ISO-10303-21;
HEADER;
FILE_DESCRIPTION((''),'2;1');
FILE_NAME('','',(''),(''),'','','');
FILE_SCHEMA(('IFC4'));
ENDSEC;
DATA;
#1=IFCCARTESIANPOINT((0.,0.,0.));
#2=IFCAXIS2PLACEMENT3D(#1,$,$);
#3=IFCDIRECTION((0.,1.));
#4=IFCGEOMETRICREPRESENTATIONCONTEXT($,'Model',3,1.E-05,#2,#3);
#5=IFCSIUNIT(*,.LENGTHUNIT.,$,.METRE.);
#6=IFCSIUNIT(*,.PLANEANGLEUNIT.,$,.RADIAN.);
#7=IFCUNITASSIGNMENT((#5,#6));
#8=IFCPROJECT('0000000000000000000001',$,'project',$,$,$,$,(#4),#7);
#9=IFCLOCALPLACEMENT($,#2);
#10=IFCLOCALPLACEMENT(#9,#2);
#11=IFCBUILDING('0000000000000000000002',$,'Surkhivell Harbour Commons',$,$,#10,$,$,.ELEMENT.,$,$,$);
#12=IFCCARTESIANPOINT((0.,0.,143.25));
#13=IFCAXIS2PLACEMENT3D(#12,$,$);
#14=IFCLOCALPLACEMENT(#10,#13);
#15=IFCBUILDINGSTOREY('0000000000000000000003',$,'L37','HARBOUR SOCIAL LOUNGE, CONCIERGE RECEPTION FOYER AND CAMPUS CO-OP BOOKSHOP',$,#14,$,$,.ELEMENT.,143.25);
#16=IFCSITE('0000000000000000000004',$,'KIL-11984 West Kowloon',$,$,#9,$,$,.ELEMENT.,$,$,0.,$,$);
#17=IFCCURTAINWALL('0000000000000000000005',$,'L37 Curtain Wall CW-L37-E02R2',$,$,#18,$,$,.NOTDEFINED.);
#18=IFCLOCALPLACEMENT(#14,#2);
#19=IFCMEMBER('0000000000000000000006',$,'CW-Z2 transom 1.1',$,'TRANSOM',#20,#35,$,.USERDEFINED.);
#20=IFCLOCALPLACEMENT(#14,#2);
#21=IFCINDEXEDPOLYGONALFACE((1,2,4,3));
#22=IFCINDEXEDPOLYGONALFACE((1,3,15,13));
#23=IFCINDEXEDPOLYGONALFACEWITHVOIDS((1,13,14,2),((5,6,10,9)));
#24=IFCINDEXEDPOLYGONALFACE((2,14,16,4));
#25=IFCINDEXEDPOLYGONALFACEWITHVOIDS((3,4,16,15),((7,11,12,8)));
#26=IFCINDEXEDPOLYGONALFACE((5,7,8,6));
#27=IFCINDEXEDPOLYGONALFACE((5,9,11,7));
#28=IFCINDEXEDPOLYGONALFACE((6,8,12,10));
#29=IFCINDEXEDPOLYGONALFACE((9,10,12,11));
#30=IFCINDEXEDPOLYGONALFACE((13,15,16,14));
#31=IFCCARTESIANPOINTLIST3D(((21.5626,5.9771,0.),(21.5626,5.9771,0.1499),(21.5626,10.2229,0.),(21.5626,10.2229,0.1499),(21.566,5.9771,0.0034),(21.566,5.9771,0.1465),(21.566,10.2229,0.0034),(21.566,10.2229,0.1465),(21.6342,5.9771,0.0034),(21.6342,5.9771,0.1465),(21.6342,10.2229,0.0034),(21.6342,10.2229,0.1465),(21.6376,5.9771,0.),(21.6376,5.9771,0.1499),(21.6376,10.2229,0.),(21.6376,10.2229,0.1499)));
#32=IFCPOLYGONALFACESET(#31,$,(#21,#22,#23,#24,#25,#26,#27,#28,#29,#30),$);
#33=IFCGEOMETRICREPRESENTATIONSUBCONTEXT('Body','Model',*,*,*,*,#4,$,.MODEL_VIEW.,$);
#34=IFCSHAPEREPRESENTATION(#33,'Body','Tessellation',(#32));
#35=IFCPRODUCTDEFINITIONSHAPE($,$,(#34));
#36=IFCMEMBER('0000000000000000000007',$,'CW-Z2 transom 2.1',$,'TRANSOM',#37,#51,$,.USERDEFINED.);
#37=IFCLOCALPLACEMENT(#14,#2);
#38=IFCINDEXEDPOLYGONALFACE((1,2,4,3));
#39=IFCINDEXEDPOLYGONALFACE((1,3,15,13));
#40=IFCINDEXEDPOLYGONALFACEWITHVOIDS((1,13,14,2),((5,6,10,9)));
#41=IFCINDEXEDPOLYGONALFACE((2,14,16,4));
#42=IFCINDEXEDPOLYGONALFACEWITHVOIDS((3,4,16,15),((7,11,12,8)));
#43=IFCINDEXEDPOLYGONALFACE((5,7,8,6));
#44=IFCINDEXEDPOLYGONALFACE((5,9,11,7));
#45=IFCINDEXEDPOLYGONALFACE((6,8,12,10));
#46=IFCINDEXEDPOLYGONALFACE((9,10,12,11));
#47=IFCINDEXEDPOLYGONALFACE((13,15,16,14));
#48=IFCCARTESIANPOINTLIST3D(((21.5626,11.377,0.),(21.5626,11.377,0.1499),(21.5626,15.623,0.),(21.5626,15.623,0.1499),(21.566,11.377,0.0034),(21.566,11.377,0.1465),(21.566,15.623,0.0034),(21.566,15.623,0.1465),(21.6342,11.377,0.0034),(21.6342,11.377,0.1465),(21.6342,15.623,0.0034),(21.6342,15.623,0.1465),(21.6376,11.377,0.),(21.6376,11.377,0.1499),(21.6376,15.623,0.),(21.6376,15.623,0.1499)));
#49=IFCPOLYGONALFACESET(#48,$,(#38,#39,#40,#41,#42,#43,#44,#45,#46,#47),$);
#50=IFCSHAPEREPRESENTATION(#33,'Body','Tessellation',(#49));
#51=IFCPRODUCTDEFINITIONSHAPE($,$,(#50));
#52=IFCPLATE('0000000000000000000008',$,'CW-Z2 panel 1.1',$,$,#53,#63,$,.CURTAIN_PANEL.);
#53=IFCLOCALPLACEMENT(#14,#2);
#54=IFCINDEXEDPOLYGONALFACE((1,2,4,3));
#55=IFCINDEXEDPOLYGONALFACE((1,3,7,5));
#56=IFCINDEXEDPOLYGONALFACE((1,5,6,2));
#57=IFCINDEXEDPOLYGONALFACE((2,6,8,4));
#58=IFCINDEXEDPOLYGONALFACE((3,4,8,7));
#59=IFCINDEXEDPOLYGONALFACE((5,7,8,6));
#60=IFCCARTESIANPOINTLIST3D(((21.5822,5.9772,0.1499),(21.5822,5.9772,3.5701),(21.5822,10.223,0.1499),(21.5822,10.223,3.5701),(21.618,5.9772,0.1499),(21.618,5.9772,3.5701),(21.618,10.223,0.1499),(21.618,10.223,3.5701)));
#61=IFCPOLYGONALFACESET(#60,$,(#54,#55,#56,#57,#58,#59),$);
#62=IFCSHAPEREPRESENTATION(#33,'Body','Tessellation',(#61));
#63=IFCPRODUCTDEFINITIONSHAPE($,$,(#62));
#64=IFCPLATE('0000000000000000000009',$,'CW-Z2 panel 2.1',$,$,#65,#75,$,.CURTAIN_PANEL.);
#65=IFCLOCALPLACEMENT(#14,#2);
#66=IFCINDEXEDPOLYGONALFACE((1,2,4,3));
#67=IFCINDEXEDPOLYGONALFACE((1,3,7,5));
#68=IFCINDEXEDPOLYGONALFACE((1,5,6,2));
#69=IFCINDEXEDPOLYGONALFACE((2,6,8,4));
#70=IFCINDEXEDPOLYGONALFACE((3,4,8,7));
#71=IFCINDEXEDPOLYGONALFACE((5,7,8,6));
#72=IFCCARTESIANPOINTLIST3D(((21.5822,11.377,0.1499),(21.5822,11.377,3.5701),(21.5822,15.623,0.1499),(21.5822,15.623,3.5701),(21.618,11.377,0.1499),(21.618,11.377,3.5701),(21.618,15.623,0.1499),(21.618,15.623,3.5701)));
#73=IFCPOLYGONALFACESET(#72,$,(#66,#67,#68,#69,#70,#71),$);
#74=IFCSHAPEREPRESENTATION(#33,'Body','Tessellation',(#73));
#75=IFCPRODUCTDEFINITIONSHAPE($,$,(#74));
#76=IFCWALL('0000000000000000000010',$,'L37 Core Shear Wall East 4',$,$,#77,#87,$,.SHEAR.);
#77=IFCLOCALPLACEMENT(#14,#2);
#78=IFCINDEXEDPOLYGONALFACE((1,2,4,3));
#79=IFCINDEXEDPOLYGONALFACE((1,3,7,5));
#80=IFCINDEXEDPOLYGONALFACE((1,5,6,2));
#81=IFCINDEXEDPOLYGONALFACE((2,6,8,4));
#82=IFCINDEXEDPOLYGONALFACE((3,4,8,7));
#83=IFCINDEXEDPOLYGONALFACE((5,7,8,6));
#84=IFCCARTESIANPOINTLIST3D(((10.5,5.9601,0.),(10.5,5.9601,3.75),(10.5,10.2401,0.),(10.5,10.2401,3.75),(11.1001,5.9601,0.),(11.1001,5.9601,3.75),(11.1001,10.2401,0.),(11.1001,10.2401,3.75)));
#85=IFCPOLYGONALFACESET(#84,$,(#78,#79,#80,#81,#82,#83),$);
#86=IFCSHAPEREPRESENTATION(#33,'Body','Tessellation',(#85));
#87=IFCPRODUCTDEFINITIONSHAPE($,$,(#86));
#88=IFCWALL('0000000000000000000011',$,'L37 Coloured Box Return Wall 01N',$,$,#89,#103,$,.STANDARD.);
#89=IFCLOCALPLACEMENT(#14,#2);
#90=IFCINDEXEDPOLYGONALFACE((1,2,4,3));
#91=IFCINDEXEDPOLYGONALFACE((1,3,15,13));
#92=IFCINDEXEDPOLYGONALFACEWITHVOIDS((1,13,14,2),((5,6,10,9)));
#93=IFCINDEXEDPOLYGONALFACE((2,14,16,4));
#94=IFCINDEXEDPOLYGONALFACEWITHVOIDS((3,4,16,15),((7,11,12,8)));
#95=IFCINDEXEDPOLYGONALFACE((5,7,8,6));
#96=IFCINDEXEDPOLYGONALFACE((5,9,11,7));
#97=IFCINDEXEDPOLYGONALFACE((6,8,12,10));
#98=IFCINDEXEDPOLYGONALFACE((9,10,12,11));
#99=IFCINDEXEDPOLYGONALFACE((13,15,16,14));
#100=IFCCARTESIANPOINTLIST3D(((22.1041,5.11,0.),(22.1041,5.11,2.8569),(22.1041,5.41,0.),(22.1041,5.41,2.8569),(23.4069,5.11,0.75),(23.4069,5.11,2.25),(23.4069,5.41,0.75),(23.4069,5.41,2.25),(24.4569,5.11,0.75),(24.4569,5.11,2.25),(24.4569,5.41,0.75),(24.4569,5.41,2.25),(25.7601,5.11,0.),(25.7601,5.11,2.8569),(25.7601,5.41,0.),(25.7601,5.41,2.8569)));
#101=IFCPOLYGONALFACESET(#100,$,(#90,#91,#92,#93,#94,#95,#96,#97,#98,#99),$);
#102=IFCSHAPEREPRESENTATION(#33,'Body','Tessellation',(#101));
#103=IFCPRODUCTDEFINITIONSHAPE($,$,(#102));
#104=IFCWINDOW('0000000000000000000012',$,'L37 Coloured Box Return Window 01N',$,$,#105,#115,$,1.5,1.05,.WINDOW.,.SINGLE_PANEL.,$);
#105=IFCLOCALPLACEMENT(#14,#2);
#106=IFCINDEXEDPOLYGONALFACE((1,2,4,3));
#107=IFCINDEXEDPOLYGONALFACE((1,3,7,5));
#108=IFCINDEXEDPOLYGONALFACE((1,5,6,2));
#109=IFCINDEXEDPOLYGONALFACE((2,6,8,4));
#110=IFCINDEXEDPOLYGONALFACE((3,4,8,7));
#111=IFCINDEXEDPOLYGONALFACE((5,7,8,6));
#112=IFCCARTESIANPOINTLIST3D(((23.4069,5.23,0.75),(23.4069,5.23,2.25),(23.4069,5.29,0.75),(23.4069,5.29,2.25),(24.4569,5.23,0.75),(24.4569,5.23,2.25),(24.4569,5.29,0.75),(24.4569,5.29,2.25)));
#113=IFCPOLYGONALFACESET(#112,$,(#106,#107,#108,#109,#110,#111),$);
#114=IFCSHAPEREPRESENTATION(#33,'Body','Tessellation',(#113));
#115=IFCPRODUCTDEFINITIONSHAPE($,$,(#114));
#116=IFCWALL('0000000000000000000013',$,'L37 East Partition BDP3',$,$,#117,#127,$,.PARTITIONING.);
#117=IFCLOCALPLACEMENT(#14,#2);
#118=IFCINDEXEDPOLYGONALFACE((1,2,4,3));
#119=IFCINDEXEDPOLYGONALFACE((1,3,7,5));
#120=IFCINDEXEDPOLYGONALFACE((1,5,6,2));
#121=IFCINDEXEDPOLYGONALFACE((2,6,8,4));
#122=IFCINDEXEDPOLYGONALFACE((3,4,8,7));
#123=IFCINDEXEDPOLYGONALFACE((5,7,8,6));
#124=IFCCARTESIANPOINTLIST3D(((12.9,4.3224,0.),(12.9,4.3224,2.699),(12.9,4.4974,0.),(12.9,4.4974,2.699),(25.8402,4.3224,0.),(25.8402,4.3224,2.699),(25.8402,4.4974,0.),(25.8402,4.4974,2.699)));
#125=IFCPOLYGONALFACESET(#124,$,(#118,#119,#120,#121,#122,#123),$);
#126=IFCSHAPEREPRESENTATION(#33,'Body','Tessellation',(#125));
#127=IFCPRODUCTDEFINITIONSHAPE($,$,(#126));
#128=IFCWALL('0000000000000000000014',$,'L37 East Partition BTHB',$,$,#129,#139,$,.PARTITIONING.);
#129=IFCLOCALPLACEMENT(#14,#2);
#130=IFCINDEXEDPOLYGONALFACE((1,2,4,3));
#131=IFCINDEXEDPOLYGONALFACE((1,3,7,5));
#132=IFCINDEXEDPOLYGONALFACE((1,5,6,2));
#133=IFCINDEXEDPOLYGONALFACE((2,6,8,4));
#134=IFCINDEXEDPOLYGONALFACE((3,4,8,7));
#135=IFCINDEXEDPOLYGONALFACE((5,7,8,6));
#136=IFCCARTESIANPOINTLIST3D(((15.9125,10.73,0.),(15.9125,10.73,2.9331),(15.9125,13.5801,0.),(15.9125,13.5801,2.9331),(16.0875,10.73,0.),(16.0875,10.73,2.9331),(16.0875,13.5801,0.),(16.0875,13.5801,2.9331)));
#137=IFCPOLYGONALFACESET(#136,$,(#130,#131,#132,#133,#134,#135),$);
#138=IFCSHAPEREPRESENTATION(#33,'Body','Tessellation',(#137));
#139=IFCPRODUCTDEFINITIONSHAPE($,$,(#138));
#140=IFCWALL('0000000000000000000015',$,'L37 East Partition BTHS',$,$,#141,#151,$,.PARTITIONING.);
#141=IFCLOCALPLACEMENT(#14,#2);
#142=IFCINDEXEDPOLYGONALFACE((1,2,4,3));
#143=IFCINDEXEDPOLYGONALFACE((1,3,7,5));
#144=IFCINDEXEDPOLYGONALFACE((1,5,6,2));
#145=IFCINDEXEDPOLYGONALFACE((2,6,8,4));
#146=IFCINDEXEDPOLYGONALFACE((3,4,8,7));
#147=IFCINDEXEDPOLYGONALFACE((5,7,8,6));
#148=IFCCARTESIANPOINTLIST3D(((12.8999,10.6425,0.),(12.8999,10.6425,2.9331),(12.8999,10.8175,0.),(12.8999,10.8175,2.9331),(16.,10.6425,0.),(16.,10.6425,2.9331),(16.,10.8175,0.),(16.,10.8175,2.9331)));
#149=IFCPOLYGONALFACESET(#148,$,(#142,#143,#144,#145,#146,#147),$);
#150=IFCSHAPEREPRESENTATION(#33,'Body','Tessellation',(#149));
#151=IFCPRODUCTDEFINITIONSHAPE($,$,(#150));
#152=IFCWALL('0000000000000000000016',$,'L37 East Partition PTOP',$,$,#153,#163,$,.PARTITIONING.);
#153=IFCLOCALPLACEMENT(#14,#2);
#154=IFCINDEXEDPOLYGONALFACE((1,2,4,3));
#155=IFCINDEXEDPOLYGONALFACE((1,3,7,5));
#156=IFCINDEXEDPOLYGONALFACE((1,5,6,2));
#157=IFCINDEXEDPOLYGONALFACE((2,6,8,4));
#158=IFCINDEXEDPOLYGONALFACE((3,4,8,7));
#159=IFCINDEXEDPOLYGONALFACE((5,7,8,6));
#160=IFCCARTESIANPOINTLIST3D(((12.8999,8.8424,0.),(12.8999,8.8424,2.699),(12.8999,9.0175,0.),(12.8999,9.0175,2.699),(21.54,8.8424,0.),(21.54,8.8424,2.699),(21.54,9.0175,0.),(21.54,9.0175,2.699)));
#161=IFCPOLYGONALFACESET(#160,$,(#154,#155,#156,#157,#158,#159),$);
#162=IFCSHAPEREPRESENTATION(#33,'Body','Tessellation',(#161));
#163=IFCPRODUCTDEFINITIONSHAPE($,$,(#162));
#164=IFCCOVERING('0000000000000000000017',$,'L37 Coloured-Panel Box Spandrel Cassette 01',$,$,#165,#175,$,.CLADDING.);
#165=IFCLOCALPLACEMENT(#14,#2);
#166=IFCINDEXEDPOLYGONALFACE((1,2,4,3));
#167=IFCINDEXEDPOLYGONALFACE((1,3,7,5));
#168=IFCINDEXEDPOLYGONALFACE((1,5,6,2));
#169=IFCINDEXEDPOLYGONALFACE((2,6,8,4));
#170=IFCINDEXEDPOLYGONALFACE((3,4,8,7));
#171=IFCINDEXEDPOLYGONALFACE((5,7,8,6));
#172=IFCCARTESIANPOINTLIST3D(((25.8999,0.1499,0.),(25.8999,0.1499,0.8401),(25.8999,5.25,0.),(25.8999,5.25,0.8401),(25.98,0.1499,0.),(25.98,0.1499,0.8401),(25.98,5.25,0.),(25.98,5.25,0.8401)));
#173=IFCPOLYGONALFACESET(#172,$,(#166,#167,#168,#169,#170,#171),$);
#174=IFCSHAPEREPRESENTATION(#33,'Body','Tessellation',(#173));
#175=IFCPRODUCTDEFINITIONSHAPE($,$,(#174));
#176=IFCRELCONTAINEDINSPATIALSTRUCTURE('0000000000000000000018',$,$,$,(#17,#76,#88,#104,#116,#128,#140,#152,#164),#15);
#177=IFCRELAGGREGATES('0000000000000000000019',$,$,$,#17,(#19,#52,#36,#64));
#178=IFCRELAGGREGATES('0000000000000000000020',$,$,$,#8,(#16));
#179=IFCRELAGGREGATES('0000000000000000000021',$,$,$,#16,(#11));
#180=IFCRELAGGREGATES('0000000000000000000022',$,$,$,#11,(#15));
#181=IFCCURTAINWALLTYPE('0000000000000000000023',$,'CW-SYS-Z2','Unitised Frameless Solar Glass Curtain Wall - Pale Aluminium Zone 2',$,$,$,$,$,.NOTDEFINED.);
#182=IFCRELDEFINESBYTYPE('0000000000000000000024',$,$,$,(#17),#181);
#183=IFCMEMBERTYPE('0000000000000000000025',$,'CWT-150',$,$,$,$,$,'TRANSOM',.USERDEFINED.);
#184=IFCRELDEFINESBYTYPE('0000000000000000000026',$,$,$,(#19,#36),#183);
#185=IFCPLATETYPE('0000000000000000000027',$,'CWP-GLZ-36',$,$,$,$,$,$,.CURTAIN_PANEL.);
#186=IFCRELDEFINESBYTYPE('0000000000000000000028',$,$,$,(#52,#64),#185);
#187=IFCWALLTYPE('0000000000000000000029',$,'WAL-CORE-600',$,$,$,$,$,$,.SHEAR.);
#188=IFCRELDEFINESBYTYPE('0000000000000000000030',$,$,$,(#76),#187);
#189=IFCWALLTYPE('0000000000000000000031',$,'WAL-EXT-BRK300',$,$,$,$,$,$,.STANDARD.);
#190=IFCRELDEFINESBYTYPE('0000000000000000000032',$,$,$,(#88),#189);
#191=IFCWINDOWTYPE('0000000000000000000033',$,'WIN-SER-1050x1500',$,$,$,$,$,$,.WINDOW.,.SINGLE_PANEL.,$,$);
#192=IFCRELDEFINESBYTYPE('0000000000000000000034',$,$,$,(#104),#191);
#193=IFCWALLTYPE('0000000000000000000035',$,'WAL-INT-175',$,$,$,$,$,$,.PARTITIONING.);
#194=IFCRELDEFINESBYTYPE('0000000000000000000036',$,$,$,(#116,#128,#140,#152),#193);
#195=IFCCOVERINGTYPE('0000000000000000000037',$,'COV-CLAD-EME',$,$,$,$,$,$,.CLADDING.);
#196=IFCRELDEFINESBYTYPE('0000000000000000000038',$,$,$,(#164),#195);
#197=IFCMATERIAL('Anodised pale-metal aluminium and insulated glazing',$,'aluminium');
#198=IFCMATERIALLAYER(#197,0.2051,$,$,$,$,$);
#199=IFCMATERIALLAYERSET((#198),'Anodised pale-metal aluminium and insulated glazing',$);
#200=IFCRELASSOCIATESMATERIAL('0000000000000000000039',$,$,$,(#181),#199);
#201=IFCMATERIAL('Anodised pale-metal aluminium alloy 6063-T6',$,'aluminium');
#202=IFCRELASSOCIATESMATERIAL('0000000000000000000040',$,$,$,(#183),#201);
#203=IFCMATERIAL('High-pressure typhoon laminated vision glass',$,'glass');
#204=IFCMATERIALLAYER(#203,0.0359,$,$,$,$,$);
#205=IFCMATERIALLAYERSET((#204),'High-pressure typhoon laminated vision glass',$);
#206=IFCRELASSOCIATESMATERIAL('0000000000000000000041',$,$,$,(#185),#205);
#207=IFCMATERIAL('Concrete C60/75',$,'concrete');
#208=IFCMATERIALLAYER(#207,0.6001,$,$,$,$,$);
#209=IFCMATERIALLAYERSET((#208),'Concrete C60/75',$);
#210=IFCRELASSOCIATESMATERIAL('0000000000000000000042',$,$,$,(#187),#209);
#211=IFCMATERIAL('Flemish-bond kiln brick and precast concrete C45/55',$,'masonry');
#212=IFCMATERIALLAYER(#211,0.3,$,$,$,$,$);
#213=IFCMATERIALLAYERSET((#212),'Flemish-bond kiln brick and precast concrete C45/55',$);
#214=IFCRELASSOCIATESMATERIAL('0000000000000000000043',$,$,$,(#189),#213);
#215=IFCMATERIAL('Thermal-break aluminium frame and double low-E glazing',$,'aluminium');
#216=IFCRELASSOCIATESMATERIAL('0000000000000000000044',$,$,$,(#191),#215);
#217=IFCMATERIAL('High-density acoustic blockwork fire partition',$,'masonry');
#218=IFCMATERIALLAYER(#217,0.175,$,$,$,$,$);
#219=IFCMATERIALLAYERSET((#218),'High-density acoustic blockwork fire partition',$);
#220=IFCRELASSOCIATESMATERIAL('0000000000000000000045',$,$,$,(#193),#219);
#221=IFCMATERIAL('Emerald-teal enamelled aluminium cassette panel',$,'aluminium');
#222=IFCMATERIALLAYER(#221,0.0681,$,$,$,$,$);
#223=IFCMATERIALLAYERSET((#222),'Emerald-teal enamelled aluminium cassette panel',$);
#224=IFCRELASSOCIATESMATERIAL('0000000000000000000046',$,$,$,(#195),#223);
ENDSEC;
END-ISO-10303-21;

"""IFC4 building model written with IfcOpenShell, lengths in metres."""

from ifc_helpers import new_model, si_unit, direction, frame, frame_2d, origin, origin_2d, place, context, subcontext, project, spatial, rectangle, hollow_rectangle, extrude, material, layer, layer_set, material_profile, profile_set, type_object, element, fill, aggregate, save


model = new_model("IFC4")

# Units and contexts
model_context = context("Model", 3, precision=1e-05, world=origin(), true_north=direction((0.0, 1.0)))
body_context = subcontext(model_context, "Body", "Model", "MODEL_VIEW")
ifc_project = project(units=[si_unit("LENGTHUNIT", "METRE"), si_unit("PLANEANGLEUNIT", "RADIAN")], contexts=[model_context])

# Site, building, storey
site_placement = place(None, origin())
site = spatial("IfcSite", under=ifc_project, at=site_placement, Name="KIL-11984 West Kowloon", CompositionType="ELEMENT", RefElevation=0.0)
building_placement = place(site_placement, origin())
building = spatial("IfcBuilding", under=site, at=building_placement, Name="Surkhivell Harbour Commons", CompositionType="ELEMENT")
storey_placement = place(building_placement, frame((0.0, 0.0, 143.25)))
storey = spatial("IfcBuildingStorey", under=building, at=storey_placement, Name="L37", Description="HARBOUR SOCIAL LOUNGE, CONCIERGE RECEPTION FOYER AND CAMPUS CO-OP BOOKSHOP", CompositionType="ELEMENT", Elevation=143.25)

# Shared definitions
ifc_material_1 = material(Name="Concrete C60/75", Category="concrete")

# Curtain wall, members, plates
ifc_material_2 = material(Name="Anodised pale-metal aluminium and insulated glazing", Category="aluminium")
ifc_layer_1 = layer(ifc_material_2, 0.2051)
ifc_layer_set_1 = layer_set([ifc_layer_1], Name="Anodised pale-metal aluminium and insulated glazing")
curtain_wall_type = type_object("IfcCurtainWallType", Name="CW-SYS-Z2", Description="Unitised Frameless Solar Glass Curtain Wall - Pale Aluminium Zone 2", PredefinedType="NOTDEFINED", material=ifc_layer_set_1)
curtain_wall_placement = place(storey_placement, origin())
curtain_wall = element("IfcCurtainWall", 1, at=curtain_wall_placement, inside=storey, type_object=curtain_wall_type, Name="L37 Curtain Wall CW-L37-E02R2", PredefinedType="NOTDEFINED")
ifc_material_3 = material(Name="Anodised pale-metal aluminium alloy 6063-T6", Category="aluminium")
ifc_material_profile_1 = material_profile(ifc_material_3, hollow_rectangle(XDim=0.075, YDim=0.1499, WallThickness=0.0034, at=origin_2d()), Name="ALU-TRAN-75x150")
ifc_profile_set_1 = profile_set([ifc_material_profile_1], Name="Anodised pale-metal aluminium alloy 6063-T6")
member_type_1 = type_object("IfcMemberType", Name="CWT-150", ElementType="TRANSOM", PredefinedType="USERDEFINED", material=ifc_profile_set_1)
member_1_placement = place(storey_placement, frame((21.6001, 5.9771, 0.075), z_axis=(0.0, 1.0, 0.0), x_axis=(-1.0, 0.0, 0.0)))
member_1 = element("IfcMember", 2, at=member_1_placement, type_object=member_type_1, Name="CW-Z2 transom 1.1", ObjectType="TRANSOM", PredefinedType="USERDEFINED", context=body_context, shape_type="SweptSolid", body=[
    extrude(hollow_rectangle(XDim=0.075, YDim=0.1499, WallThickness=0.0034, at=origin_2d()), origin(), (0.0, 0.0, 1.0), 4.2458),
])
member_2_placement = place(storey_placement, frame((21.6001, 11.377, 0.075), z_axis=(0.0, 1.0, 0.0), x_axis=(-1.0, 0.0, 0.0)))
member_2 = element("IfcMember", 3, at=member_2_placement, type_object=member_type_1, Name="CW-Z2 transom 2.1", ObjectType="TRANSOM", PredefinedType="USERDEFINED", context=body_context, shape_type="SweptSolid", body=[
    extrude(hollow_rectangle(XDim=0.075, YDim=0.1499, WallThickness=0.0034, at=origin_2d()), origin(), (0.0, 0.0, 1.0), 4.2461),
])
ifc_material_4 = material(Name="High-pressure typhoon laminated vision glass", Category="glass")
ifc_layer_2 = layer(ifc_material_4, 0.0359)
ifc_layer_set_2 = layer_set([ifc_layer_2], Name="High-pressure typhoon laminated vision glass")
plate_type = type_object("IfcPlateType", Name="CWP-GLZ-36", PredefinedType="CURTAIN_PANEL", material=ifc_layer_set_2)
plate_1_placement = place(storey_placement, frame((21.6001, 5.9771, 0.1499), z_axis=(0.0, 0.0, 1.0), x_axis=(0.0, 1.0, 0.0)))
plate_1 = element("IfcPlate", 4, at=plate_1_placement, type_object=plate_type, Name="CW-Z2 panel 1.1", PredefinedType="CURTAIN_PANEL", context=body_context, shape_type="SweptSolid", body=[
    extrude(rectangle(XDim=4.2458, YDim=0.0359, at=frame_2d((2.123, 0.0))), origin(), (0.0, 0.0, 1.0), 3.4202),
])
plate_2_placement = place(storey_placement, frame((21.6001, 11.377, 0.1499), z_axis=(0.0, 0.0, 1.0), x_axis=(0.0, 1.0, 0.0)))
plate_2 = element("IfcPlate", 5, at=plate_2_placement, type_object=plate_type, Name="CW-Z2 panel 2.1", PredefinedType="CURTAIN_PANEL", context=body_context, shape_type="SweptSolid", body=[
    extrude(rectangle(XDim=4.2461, YDim=0.0359, at=frame_2d((2.123, 0.0))), origin(), (0.0, 0.0, 1.0), 3.4202),
])
aggregate(curtain_wall, [member_1, plate_1, member_2, plate_2])

# Wall
ifc_layer_3 = layer(ifc_material_1, 0.6001)
ifc_layer_set_3 = layer_set([ifc_layer_3], Name="Concrete C60/75")
wall_type_1 = type_object("IfcWallType", Name="WAL-CORE-600", PredefinedType="SHEAR", material=ifc_layer_set_3)
wall_1_placement = place(storey_placement, frame((10.8, 5.96, 0.0), z_axis=(0.0, 0.0, 1.0), x_axis=(0.0, 1.0, 0.0)))
element("IfcWall", 6, at=wall_1_placement, inside=storey, type_object=wall_type_1, Name="L37 Core Shear Wall East 4", PredefinedType="SHEAR", context=body_context, shape_type="SweptSolid", body=[
    extrude(rectangle(XDim=4.28, YDim=0.6001, at=frame_2d((2.1401, 0.0))), origin(), (0.0, 0.0, 1.0), 3.75),
])

# Wall, opening, window
ifc_material_5 = material(Name="Flemish-bond kiln brick and precast concrete C45/55", Category="masonry")
ifc_layer_4 = layer(ifc_material_5, 0.3)
ifc_layer_set_4 = layer_set([ifc_layer_4], Name="Flemish-bond kiln brick and precast concrete C45/55")
wall_type_2 = type_object("IfcWallType", Name="WAL-EXT-BRK300", PredefinedType="STANDARD", material=ifc_layer_set_4)
wall_2_placement = place(storey_placement, frame((22.104, 5.26, 0.0), z_axis=(0.0, 0.0, 1.0), x_axis=(1.0, 0.0, 0.0)))
wall_2 = element("IfcWall", 7, at=wall_2_placement, inside=storey, type_object=wall_type_2, Name="L37 Coloured Box Return Wall 01N", PredefinedType="STANDARD", context=body_context, shape_type="SweptSolid", body=[
    extrude(rectangle(XDim=3.656, YDim=0.3, at=frame_2d((1.8281, 0.0))), origin(), (0.0, 0.0, 1.0), 2.8569),
])
opening_placement = place(wall_2_placement, frame((1.303, 0.0, 0.75)))
opening = element("IfcOpeningElement", 8, at=opening_placement, cuts=wall_2, PredefinedType="OPENING", context=body_context, shape_type="SweptSolid", body=[
    extrude(rectangle(XDim=1.05, YDim=1.5, at=frame_2d((0.5249, 0.75))), frame((0.0, 0.1599, 0.0), z_axis=(0.0, -1.0, 0.0), x_axis=(1.0, 0.0, 0.0)), (0.0, 0.0, 1.0), 0.3201),
])
ifc_material_6 = material(Name="Thermal-break aluminium frame and double low-E glazing", Category="aluminium")
window_type = type_object("IfcWindowType", Name="WIN-SER-1050x1500", PartitioningType="SINGLE_PANEL", PredefinedType="WINDOW", material=ifc_material_6)
window_placement = place(opening_placement, origin())
window = element("IfcWindow", 9, at=window_placement, inside=storey, type_object=window_type, Name="L37 Coloured Box Return Window 01N", OverallHeight=1.5, OverallWidth=1.05, PartitioningType="SINGLE_PANEL", PredefinedType="WINDOW", context=body_context, shape_type="SweptSolid", body=[
    extrude(rectangle(XDim=1.05, YDim=1.5, at=frame_2d((0.5249, 0.75))), frame((0.0, 0.03, 0.0), z_axis=(0.0, -1.0, 0.0), x_axis=(1.0, 0.0, 0.0)), (0.0, 0.0, 1.0), 0.0601),
])
fill(opening, window)

# Walls
ifc_material_7 = material(Name="High-density acoustic blockwork fire partition", Category="masonry")
ifc_layer_5 = layer(ifc_material_7, 0.175)
ifc_layer_set_5 = layer_set([ifc_layer_5], Name="High-density acoustic blockwork fire partition")
wall_type_3 = type_object("IfcWallType", Name="WAL-INT-175", PredefinedType="PARTITIONING", material=ifc_layer_set_5)
wall_3_placement = place(storey_placement, frame((12.8999, 4.4099, 0.0), z_axis=(0.0, 0.0, 1.0), x_axis=(1.0, 0.0, 0.0)))
element("IfcWall", 10, at=wall_3_placement, inside=storey, type_object=wall_type_3, Name="L37 East Partition BDP3", PredefinedType="PARTITIONING", context=body_context, shape_type="SweptSolid", body=[
    extrude(rectangle(XDim=12.9402, YDim=0.175, at=frame_2d((6.4702, 0.0))), origin(), (0.0, 0.0, 1.0), 2.699),
])
wall_4_placement = place(storey_placement, frame((16.0, 10.73, 0.0), z_axis=(0.0, 0.0, 1.0), x_axis=(0.0, 1.0, 0.0)))
element("IfcWall", 11, at=wall_4_placement, inside=storey, type_object=wall_type_3, Name="L37 East Partition BTHB", PredefinedType="PARTITIONING", context=body_context, shape_type="SweptSolid", body=[
    extrude(rectangle(XDim=2.8501, YDim=0.175, at=frame_2d((1.425, 0.0))), origin(), (0.0, 0.0, 1.0), 2.9331),
])
wall_5_placement = place(storey_placement, frame((12.8999, 10.73, 0.0), z_axis=(0.0, 0.0, 1.0), x_axis=(1.0, 0.0, 0.0)))
element("IfcWall", 12, at=wall_5_placement, inside=storey, type_object=wall_type_3, Name="L37 East Partition BTHS", PredefinedType="PARTITIONING", context=body_context, shape_type="SweptSolid", body=[
    extrude(rectangle(XDim=3.1001, YDim=0.175, at=frame_2d((1.55, 0.0))), origin(), (0.0, 0.0, 1.0), 2.9331),
])
wall_6_placement = place(storey_placement, frame((12.8999, 8.9299, 0.0), z_axis=(0.0, 0.0, 1.0), x_axis=(1.0, 0.0, 0.0)))
element("IfcWall", 13, at=wall_6_placement, inside=storey, type_object=wall_type_3, Name="L37 East Partition PTOP", PredefinedType="PARTITIONING", context=body_context, shape_type="SweptSolid", body=[
    extrude(rectangle(XDim=8.6401, YDim=0.175, at=frame_2d((4.3201, 0.0))), origin(), (0.0, 0.0, 1.0), 2.699),
])

# Covering
ifc_material_8 = material(Name="Emerald-teal enamelled aluminium cassette panel", Category="aluminium")
ifc_layer_6 = layer(ifc_material_8, 0.0681)
ifc_layer_set_6 = layer_set([ifc_layer_6], Name="Emerald-teal enamelled aluminium cassette panel")
covering_type = type_object("IfcCoveringType", Name="COV-CLAD-EME", PredefinedType="CLADDING", material=ifc_layer_set_6)
covering_placement = place(storey_placement, frame((25.9399, 2.7, 0.0), z_axis=(0.0, 0.0, 1.0), x_axis=(1.0, 0.0, 0.0)))
element("IfcCovering", 14, at=covering_placement, inside=storey, type_object=covering_type, Name="L37 Coloured-Panel Box Spandrel Cassette 01", PredefinedType="CLADDING", context=body_context, shape_type="SweptSolid", body=[
    extrude(rectangle(XDim=0.0801, YDim=5.1001, at=origin_2d()), origin(), (0.0, 0.0, 1.0), 0.8401),
])

save(model, "model.ifc")
